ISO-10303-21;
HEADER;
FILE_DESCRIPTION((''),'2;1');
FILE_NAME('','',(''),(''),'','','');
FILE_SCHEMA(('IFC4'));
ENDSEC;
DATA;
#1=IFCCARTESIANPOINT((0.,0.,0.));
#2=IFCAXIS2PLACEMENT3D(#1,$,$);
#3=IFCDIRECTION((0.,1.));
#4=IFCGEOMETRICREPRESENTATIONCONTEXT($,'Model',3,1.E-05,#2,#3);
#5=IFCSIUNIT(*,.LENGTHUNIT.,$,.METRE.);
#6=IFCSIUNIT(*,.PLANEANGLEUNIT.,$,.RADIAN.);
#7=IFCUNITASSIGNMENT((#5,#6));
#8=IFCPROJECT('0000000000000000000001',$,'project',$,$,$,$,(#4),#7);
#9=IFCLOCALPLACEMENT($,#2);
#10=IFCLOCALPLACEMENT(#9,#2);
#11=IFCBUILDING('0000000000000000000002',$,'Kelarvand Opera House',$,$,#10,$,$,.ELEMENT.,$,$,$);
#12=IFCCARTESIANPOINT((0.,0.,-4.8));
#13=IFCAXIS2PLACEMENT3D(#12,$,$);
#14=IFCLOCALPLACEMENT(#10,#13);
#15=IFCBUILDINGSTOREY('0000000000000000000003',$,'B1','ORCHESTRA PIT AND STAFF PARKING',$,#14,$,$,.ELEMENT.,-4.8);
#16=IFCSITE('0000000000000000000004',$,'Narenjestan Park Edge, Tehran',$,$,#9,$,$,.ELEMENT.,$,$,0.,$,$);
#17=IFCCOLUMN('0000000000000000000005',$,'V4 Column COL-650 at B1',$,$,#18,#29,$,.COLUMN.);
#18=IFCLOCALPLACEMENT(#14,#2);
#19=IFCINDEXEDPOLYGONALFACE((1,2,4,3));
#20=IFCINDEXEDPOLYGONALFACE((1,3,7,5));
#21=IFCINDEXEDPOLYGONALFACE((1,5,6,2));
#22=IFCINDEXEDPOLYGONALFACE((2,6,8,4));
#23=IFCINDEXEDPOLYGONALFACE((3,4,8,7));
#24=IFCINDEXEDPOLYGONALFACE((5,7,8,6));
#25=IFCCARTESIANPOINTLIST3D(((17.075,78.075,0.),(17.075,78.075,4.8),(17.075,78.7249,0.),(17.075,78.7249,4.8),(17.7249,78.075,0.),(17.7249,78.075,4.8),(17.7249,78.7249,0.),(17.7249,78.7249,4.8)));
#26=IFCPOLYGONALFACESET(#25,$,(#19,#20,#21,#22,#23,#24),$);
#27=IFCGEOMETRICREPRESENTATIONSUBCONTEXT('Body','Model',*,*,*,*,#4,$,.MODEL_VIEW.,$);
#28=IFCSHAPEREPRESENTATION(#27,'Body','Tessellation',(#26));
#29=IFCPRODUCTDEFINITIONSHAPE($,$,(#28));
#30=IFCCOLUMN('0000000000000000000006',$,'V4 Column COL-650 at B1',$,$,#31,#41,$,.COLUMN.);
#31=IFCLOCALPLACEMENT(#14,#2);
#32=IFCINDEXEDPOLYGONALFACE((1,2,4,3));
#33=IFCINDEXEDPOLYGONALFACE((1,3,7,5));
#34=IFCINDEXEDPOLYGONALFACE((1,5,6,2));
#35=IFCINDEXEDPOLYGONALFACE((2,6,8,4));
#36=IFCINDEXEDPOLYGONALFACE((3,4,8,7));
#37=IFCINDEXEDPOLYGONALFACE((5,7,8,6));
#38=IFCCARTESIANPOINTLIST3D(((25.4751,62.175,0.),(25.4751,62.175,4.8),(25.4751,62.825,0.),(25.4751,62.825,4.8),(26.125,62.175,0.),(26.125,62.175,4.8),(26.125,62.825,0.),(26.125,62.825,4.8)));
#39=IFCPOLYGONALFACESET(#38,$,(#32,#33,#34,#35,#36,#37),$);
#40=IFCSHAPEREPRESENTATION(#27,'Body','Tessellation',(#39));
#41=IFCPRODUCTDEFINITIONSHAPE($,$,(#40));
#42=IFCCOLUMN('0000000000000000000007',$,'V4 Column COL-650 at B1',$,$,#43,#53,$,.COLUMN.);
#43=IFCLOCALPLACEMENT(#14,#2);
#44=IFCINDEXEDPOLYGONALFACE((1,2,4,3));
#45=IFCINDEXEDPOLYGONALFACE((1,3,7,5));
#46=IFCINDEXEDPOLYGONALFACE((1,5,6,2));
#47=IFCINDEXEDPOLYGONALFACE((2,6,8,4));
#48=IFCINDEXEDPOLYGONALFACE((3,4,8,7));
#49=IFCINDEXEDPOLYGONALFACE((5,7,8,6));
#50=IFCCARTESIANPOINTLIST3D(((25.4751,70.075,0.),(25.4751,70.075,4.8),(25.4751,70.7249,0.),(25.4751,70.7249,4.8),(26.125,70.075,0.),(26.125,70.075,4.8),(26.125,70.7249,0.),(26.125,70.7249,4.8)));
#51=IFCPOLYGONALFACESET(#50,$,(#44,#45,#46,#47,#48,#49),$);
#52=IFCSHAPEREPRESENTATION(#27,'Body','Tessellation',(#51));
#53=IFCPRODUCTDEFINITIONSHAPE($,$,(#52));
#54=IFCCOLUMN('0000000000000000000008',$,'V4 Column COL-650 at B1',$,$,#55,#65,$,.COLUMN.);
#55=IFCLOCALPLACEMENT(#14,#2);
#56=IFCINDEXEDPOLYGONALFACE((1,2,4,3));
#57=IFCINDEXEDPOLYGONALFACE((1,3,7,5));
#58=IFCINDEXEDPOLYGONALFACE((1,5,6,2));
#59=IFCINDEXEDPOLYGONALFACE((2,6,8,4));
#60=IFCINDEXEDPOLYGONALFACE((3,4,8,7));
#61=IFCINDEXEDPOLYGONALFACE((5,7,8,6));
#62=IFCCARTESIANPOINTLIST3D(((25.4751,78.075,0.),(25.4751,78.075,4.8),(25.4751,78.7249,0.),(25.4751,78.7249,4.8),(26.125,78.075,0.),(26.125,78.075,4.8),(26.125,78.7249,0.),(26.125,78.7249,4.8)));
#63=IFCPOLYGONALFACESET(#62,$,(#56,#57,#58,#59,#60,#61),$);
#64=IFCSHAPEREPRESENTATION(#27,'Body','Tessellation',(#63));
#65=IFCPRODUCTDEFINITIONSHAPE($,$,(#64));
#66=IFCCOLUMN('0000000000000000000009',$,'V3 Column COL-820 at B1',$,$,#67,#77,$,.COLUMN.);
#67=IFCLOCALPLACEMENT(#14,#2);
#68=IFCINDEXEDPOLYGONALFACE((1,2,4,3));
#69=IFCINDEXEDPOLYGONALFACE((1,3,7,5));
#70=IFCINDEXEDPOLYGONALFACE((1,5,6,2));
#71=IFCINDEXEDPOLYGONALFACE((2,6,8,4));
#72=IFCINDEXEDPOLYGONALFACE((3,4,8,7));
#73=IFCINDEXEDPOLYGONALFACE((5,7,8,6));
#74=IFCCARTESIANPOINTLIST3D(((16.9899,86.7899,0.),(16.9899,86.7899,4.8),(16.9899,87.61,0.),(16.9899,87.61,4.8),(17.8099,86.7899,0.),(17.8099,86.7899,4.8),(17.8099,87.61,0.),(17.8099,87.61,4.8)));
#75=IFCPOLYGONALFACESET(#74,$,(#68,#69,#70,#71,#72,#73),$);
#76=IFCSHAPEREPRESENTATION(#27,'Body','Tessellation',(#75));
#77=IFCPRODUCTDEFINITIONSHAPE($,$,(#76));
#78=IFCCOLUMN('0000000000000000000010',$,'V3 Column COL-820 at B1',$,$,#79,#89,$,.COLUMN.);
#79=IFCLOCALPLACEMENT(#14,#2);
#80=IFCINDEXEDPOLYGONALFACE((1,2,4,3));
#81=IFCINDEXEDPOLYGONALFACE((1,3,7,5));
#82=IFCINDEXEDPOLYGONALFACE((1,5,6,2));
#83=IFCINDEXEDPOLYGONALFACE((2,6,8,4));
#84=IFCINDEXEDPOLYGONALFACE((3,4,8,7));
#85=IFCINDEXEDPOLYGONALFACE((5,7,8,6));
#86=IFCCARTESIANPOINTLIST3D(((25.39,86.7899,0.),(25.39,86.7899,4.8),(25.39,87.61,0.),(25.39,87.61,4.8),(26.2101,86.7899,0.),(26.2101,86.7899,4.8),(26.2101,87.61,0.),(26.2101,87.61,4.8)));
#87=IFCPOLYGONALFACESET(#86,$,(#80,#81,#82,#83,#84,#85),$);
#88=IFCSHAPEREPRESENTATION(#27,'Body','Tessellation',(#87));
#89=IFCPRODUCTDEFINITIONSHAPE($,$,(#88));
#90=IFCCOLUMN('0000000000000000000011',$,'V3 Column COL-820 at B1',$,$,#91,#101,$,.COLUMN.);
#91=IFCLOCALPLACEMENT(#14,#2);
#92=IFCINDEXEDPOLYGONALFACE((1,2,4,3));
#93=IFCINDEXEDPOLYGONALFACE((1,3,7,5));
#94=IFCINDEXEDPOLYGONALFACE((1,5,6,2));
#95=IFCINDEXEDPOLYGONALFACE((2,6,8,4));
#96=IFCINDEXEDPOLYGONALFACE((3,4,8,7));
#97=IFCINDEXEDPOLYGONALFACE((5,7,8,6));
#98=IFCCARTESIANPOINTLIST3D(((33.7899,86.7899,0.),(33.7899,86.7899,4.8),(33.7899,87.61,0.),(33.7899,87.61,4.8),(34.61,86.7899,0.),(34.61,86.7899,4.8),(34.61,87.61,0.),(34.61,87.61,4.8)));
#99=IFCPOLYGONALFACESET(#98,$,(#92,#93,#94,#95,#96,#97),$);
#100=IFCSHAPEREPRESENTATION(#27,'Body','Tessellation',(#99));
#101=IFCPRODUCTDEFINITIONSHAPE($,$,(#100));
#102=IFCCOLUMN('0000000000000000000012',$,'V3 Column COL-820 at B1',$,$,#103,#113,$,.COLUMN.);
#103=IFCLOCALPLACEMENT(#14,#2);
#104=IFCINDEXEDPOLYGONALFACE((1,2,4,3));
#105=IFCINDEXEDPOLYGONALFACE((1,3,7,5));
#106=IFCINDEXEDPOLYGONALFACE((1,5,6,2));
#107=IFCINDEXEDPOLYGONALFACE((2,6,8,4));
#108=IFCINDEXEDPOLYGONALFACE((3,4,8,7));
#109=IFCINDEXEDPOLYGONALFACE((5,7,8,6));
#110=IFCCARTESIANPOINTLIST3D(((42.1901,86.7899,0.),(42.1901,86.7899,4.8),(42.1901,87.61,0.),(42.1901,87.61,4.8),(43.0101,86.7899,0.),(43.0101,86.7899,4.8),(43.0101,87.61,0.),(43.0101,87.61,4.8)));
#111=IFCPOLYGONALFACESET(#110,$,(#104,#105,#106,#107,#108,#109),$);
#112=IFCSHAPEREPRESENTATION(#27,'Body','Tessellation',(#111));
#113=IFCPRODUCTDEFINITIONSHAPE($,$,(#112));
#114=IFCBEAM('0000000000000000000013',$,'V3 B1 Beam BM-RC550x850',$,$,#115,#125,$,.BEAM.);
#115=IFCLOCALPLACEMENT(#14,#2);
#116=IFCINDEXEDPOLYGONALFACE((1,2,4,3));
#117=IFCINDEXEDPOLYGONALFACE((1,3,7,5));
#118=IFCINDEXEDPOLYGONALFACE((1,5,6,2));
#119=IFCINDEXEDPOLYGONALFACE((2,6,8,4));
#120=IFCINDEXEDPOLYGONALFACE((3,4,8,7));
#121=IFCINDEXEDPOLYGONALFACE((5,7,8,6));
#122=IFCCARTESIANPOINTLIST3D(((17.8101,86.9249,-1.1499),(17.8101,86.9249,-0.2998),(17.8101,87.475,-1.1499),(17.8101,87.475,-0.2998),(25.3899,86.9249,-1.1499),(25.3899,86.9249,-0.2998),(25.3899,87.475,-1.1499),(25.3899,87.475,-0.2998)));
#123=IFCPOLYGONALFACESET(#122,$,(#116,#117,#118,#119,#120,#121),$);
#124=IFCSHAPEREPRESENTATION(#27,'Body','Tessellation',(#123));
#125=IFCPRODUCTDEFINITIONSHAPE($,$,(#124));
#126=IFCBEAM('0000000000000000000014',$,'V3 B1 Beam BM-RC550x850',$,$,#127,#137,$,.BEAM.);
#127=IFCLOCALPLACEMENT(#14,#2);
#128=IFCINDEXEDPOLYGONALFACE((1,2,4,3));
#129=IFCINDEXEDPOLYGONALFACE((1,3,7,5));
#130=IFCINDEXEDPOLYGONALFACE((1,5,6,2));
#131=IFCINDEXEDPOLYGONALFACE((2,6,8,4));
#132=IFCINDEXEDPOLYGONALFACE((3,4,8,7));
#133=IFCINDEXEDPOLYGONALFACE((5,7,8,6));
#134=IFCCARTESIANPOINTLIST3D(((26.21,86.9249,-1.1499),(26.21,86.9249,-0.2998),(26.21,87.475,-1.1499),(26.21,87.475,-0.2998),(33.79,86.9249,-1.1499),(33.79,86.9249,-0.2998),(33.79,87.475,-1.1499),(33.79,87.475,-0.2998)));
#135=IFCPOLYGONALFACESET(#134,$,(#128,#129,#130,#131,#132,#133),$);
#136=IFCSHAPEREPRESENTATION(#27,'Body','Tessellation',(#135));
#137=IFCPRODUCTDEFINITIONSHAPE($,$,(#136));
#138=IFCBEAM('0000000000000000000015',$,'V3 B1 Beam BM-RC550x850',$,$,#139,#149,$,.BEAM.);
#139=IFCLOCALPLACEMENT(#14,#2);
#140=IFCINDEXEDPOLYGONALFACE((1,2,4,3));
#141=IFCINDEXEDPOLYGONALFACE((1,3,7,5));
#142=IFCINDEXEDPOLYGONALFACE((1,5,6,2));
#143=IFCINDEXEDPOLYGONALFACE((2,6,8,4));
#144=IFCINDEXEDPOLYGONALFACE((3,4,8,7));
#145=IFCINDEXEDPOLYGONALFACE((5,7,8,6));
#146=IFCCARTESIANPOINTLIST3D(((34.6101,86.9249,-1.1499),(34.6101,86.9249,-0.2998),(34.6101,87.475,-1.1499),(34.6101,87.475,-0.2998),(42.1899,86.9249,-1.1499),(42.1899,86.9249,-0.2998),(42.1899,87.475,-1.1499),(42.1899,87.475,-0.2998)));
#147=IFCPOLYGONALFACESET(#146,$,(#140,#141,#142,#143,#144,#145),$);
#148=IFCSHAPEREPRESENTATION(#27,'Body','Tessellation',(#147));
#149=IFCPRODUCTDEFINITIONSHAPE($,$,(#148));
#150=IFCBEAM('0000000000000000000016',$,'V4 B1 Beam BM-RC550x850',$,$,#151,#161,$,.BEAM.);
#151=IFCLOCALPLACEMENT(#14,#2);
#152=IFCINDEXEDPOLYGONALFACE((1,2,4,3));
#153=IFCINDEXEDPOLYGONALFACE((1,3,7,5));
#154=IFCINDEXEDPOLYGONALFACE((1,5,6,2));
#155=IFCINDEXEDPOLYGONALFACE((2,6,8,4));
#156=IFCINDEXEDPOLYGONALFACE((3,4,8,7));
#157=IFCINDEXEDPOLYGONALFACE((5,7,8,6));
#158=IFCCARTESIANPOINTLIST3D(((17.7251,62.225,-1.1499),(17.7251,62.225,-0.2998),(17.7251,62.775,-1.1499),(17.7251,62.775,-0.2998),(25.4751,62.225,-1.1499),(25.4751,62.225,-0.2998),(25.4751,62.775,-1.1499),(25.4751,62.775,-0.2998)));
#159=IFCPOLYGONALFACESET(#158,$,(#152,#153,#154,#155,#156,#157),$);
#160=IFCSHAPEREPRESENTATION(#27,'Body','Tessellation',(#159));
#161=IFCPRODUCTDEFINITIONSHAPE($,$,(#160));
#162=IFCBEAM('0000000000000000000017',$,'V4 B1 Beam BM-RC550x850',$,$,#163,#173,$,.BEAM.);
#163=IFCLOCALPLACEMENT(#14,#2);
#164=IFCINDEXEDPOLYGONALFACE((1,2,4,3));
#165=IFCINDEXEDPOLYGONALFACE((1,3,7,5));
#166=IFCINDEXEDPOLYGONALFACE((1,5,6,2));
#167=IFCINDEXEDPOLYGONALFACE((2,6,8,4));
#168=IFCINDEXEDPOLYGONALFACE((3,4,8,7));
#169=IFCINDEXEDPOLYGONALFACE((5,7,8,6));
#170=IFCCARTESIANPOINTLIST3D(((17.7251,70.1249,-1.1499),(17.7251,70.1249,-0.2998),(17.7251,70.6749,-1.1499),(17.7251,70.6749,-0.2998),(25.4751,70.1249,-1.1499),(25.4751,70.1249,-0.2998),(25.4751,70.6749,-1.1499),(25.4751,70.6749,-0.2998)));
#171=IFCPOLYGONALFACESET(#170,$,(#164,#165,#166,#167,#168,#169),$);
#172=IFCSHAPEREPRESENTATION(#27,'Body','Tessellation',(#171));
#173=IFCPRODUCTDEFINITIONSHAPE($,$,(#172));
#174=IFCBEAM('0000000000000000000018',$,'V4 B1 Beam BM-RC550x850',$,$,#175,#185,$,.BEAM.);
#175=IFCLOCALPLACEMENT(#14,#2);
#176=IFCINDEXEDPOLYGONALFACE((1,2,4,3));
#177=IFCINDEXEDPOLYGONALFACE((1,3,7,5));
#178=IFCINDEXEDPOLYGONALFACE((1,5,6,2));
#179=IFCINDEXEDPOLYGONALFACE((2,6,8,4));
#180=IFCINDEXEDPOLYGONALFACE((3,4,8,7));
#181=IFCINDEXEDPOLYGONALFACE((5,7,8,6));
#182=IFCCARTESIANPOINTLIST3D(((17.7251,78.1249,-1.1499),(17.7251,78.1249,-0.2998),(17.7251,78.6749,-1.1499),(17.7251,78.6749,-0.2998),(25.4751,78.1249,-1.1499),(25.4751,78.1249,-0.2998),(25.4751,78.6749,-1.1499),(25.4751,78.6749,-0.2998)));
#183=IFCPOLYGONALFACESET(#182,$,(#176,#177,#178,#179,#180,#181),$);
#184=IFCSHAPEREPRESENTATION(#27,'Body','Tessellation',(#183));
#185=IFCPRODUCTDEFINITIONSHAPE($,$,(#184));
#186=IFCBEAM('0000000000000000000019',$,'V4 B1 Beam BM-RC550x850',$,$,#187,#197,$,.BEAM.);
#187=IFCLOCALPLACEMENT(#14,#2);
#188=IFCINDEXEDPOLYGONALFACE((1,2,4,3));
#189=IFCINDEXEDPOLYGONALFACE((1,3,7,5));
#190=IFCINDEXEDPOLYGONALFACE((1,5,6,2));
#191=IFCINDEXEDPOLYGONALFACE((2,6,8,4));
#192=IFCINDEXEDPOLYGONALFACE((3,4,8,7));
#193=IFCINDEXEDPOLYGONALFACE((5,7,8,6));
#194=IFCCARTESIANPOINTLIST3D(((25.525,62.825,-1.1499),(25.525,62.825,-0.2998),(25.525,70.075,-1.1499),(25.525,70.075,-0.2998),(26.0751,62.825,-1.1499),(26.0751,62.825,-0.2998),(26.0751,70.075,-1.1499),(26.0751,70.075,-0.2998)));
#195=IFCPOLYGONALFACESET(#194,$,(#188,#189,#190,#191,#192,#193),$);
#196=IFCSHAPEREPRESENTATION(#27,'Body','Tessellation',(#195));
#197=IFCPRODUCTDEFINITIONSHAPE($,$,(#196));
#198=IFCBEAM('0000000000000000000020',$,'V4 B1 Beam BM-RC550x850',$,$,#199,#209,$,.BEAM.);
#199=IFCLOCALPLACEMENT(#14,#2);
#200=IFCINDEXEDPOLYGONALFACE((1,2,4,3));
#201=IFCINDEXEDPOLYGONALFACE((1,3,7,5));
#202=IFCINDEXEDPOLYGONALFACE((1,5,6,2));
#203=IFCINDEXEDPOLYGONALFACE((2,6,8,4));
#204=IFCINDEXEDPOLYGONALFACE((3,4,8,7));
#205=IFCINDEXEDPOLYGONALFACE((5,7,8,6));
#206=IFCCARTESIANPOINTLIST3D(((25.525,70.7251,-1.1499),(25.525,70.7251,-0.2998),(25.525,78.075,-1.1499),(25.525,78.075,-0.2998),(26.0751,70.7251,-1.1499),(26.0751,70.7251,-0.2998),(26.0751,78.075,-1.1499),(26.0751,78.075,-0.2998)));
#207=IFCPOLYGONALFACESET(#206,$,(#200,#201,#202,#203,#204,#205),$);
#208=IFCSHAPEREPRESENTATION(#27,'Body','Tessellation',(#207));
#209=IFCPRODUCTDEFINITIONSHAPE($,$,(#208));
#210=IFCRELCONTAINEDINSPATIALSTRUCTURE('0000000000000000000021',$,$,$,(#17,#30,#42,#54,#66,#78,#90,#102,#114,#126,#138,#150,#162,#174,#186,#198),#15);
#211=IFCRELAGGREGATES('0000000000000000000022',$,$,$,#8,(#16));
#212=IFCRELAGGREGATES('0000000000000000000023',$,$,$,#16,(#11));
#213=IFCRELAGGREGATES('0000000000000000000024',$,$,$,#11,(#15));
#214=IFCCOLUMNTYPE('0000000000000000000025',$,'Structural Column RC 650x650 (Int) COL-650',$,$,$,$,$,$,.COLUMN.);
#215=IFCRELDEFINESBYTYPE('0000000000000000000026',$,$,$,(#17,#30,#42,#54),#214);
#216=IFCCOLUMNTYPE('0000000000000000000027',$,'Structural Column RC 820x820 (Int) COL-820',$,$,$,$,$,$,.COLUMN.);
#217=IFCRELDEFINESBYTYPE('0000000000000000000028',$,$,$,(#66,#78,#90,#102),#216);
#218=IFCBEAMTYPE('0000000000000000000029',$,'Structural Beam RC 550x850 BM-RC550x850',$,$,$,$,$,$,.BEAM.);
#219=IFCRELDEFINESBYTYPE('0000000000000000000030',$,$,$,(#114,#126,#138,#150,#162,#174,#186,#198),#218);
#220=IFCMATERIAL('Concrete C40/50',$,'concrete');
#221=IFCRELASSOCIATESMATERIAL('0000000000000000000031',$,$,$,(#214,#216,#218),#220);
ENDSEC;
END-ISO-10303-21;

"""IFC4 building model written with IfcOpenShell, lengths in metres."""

from ifc_helpers import new_model, si_unit, direction, frame, origin, origin_2d, place, context, subcontext, project, spatial, rectangle, extrude, material, material_profile, profile_set, type_object, element, save


model = new_model("IFC4")

# Units and contexts
model_context = context("Model", 3, precision=1e-05, world=origin(), true_north=direction((0.0, 1.0)))
body_context = subcontext(model_context, "Body", "Model", "MODEL_VIEW")
ifc_project = project(units=[si_unit("LENGTHUNIT", "METRE"), si_unit("PLANEANGLEUNIT", "RADIAN")], contexts=[model_context])

# Site, building, storey
site_placement = place(None, origin())
site = spatial("IfcSite", under=ifc_project, at=site_placement, Name="Narenjestan Park Edge, Tehran", CompositionType="ELEMENT", RefElevation=0.0)
building_placement = place(site_placement, origin())
building = spatial("IfcBuilding", under=site, at=building_placement, Name="Kelarvand Opera House", CompositionType="ELEMENT")
storey_placement = place(building_placement, frame((0.0, 0.0, -4.8)))
storey = spatial("IfcBuildingStorey", under=building, at=storey_placement, Name="B1", Description="ORCHESTRA PIT AND STAFF PARKING", CompositionType="ELEMENT", Elevation=-4.8)

# Columns
ifc_material_1 = material(Name="Concrete C40/50", Category="concrete")
ifc_material_profile_1 = material_profile(ifc_material_1, rectangle(XDim=0.6499, YDim=0.6499, at=origin_2d()), Name="RC 650x650", Category="concrete")
ifc_profile_set_1 = profile_set([ifc_material_profile_1], Name="Concrete C40/50")
column_type_1 = type_object("IfcColumnType", Name="Structural Column RC 650x650 (Int) COL-650", PredefinedType="COLUMN", material=ifc_profile_set_1)
for number, where, z_axis, x_axis, name in (
    (1, (17.3999, 78.3999, 0.0), (0.0, 0.0, 1.0), (1.0, 0.0, 0.0), "V4 Column COL-650 at B1"),
    (2, (25.8, 62.5, 0.0), (0.0, 0.0, 1.0), (1.0, 0.0, 0.0), "V4 Column COL-650 at B1"),
    (3, (25.8, 70.3999, 0.0), (0.0, 0.0, 1.0), (1.0, 0.0, 0.0), "V4 Column COL-650 at B1"),
    (4, (25.8, 78.3999, 0.0), (0.0, 0.0, 1.0), (1.0, 0.0, 0.0), "V4 Column COL-650 at B1"),
):
    element("IfcColumn", number, at=place(storey_placement, frame(where, z_axis=z_axis, x_axis=x_axis)), inside=storey, type_object=column_type_1, Name=name, PredefinedType="COLUMN", context=body_context, shape_type="SweptSolid", body=[
        extrude(rectangle(XDim=0.6499, YDim=0.6499, at=origin_2d()), origin(), (0.0, 0.0, 1.0), 4.8),
    ])
ifc_material_profile_2 = material_profile(ifc_material_1, rectangle(XDim=0.8201, YDim=0.8201, at=origin_2d()), Name="RC 820x820", Category="concrete")
ifc_profile_set_2 = profile_set([ifc_material_profile_2], Name="Concrete C40/50")
column_type_2 = type_object("IfcColumnType", Name="Structural Column RC 820x820 (Int) COL-820", PredefinedType="COLUMN", material=ifc_profile_set_2)
for number, where, z_axis, x_axis, name in (
    (5, (17.3999, 87.2, 0.0), (0.0, 0.0, 1.0), (1.0, 0.0, 0.0), "V3 Column COL-820 at B1"),
    (6, (25.8, 87.2, 0.0), (0.0, 0.0, 1.0), (1.0, 0.0, 0.0), "V3 Column COL-820 at B1"),
    (7, (34.2, 87.2, 0.0), (0.0, 0.0, 1.0), (1.0, 0.0, 0.0), "V3 Column COL-820 at B1"),
    (8, (42.6001, 87.2, 0.0), (0.0, 0.0, 1.0), (1.0, 0.0, 0.0), "V3 Column COL-820 at B1"),
):
    element("IfcColumn", number, at=place(storey_placement, frame(where, z_axis=z_axis, x_axis=x_axis)), inside=storey, type_object=column_type_2, Name=name, PredefinedType="COLUMN", context=body_context, shape_type="SweptSolid", body=[
        extrude(rectangle(XDim=0.8201, YDim=0.8201, at=origin_2d()), origin(), (0.0, 0.0, 1.0), 4.8),
    ])

# Beams
ifc_material_profile_3 = material_profile(ifc_material_1, rectangle(XDim=0.55, YDim=0.8501, at=origin_2d()), Name="RC 550x850", Category="concrete")
ifc_profile_set_3 = profile_set([ifc_material_profile_3], Name="Concrete C40/50")
beam_type_1 = type_object("IfcBeamType", Name="Structural Beam RC 550x850 BM-RC550x850", PredefinedType="BEAM", material=ifc_profile_set_3)
beam_1_placement = place(storey_placement, frame((17.8101, 87.2, -0.7249), z_axis=(1.0, 0.0, 0.0), x_axis=(0.0, 1.0, 0.0)))
element("IfcBeam", 9, at=beam_1_placement, inside=storey, type_object=beam_type_1, Name="V3 B1 Beam BM-RC550x850", PredefinedType="BEAM", context=body_context, shape_type="SweptSolid", body=[
    extrude(rectangle(XDim=0.55, YDim=0.8501, at=origin_2d()), origin(), (0.0, 0.0, 1.0), 7.5798),
])
beam_2_placement = place(storey_placement, frame((26.21, 87.2, -0.7249), z_axis=(1.0, 0.0, 0.0), x_axis=(0.0, 1.0, 0.0)))
element("IfcBeam", 10, at=beam_2_placement, inside=storey, type_object=beam_type_1, Name="V3 B1 Beam BM-RC550x850", PredefinedType="BEAM", context=body_context, shape_type="SweptSolid", body=[
    extrude(rectangle(XDim=0.55, YDim=0.8501, at=origin_2d()), origin(), (0.0, 0.0, 1.0), 7.5801),
])
beam_3_placement = place(storey_placement, frame((34.6101, 87.2, -0.7249), z_axis=(1.0, 0.0, 0.0), x_axis=(0.0, 1.0, 0.0)))
element("IfcBeam", 11, at=beam_3_placement, inside=storey, type_object=beam_type_1, Name="V3 B1 Beam BM-RC550x850", PredefinedType="BEAM", context=body_context, shape_type="SweptSolid", body=[
    extrude(rectangle(XDim=0.55, YDim=0.8501, at=origin_2d()), origin(), (0.0, 0.0, 1.0), 7.5798),
])
for number, where, z_axis, x_axis, name in (
    (12, (17.7251, 62.5, -0.7249), (1.0, 0.0, 0.0), (0.0, 1.0, 0.0), "V4 B1 Beam BM-RC550x850"),
    (13, (17.7251, 70.3999, -0.7249), (1.0, 0.0, 0.0), (0.0, 1.0, 0.0), "V4 B1 Beam BM-RC550x850"),
    (14, (17.7251, 78.3999, -0.7249), (1.0, 0.0, 0.0), (0.0, 1.0, 0.0), "V4 B1 Beam BM-RC550x850"),
):
    element("IfcBeam", number, at=place(storey_placement, frame(where, z_axis=z_axis, x_axis=x_axis)), inside=storey, type_object=beam_type_1, Name=name, PredefinedType="BEAM", context=body_context, shape_type="SweptSolid", body=[
        extrude(rectangle(XDim=0.55, YDim=0.8501, at=origin_2d()), origin(), (0.0, 0.0, 1.0), 7.75),
    ])
beam_4_placement = place(storey_placement, frame((25.8, 62.825, -0.7249), z_axis=(0.0, 1.0, 0.0), x_axis=(-1.0, 0.0, 0.0)))
element("IfcBeam", 15, at=beam_4_placement, inside=storey, type_object=beam_type_1, Name="V4 B1 Beam BM-RC550x850", PredefinedType="BEAM", context=body_context, shape_type="SweptSolid", body=[
    extrude(rectangle(XDim=0.55, YDim=0.8501, at=origin_2d()), origin(), (0.0, 0.0, 1.0), 7.25),
])
beam_5_placement = place(storey_placement, frame((25.8, 70.7251, -0.7249), z_axis=(0.0, 1.0, 0.0), x_axis=(-1.0, 0.0, 0.0)))
element("IfcBeam", 16, at=beam_5_placement, inside=storey, type_object=beam_type_1, Name="V4 B1 Beam BM-RC550x850", PredefinedType="BEAM", context=body_context, shape_type="SweptSolid", body=[
    extrude(rectangle(XDim=0.55, YDim=0.8501, at=origin_2d()), origin(), (0.0, 0.0, 1.0), 7.3499),
])

save(model, "model.ifc")
